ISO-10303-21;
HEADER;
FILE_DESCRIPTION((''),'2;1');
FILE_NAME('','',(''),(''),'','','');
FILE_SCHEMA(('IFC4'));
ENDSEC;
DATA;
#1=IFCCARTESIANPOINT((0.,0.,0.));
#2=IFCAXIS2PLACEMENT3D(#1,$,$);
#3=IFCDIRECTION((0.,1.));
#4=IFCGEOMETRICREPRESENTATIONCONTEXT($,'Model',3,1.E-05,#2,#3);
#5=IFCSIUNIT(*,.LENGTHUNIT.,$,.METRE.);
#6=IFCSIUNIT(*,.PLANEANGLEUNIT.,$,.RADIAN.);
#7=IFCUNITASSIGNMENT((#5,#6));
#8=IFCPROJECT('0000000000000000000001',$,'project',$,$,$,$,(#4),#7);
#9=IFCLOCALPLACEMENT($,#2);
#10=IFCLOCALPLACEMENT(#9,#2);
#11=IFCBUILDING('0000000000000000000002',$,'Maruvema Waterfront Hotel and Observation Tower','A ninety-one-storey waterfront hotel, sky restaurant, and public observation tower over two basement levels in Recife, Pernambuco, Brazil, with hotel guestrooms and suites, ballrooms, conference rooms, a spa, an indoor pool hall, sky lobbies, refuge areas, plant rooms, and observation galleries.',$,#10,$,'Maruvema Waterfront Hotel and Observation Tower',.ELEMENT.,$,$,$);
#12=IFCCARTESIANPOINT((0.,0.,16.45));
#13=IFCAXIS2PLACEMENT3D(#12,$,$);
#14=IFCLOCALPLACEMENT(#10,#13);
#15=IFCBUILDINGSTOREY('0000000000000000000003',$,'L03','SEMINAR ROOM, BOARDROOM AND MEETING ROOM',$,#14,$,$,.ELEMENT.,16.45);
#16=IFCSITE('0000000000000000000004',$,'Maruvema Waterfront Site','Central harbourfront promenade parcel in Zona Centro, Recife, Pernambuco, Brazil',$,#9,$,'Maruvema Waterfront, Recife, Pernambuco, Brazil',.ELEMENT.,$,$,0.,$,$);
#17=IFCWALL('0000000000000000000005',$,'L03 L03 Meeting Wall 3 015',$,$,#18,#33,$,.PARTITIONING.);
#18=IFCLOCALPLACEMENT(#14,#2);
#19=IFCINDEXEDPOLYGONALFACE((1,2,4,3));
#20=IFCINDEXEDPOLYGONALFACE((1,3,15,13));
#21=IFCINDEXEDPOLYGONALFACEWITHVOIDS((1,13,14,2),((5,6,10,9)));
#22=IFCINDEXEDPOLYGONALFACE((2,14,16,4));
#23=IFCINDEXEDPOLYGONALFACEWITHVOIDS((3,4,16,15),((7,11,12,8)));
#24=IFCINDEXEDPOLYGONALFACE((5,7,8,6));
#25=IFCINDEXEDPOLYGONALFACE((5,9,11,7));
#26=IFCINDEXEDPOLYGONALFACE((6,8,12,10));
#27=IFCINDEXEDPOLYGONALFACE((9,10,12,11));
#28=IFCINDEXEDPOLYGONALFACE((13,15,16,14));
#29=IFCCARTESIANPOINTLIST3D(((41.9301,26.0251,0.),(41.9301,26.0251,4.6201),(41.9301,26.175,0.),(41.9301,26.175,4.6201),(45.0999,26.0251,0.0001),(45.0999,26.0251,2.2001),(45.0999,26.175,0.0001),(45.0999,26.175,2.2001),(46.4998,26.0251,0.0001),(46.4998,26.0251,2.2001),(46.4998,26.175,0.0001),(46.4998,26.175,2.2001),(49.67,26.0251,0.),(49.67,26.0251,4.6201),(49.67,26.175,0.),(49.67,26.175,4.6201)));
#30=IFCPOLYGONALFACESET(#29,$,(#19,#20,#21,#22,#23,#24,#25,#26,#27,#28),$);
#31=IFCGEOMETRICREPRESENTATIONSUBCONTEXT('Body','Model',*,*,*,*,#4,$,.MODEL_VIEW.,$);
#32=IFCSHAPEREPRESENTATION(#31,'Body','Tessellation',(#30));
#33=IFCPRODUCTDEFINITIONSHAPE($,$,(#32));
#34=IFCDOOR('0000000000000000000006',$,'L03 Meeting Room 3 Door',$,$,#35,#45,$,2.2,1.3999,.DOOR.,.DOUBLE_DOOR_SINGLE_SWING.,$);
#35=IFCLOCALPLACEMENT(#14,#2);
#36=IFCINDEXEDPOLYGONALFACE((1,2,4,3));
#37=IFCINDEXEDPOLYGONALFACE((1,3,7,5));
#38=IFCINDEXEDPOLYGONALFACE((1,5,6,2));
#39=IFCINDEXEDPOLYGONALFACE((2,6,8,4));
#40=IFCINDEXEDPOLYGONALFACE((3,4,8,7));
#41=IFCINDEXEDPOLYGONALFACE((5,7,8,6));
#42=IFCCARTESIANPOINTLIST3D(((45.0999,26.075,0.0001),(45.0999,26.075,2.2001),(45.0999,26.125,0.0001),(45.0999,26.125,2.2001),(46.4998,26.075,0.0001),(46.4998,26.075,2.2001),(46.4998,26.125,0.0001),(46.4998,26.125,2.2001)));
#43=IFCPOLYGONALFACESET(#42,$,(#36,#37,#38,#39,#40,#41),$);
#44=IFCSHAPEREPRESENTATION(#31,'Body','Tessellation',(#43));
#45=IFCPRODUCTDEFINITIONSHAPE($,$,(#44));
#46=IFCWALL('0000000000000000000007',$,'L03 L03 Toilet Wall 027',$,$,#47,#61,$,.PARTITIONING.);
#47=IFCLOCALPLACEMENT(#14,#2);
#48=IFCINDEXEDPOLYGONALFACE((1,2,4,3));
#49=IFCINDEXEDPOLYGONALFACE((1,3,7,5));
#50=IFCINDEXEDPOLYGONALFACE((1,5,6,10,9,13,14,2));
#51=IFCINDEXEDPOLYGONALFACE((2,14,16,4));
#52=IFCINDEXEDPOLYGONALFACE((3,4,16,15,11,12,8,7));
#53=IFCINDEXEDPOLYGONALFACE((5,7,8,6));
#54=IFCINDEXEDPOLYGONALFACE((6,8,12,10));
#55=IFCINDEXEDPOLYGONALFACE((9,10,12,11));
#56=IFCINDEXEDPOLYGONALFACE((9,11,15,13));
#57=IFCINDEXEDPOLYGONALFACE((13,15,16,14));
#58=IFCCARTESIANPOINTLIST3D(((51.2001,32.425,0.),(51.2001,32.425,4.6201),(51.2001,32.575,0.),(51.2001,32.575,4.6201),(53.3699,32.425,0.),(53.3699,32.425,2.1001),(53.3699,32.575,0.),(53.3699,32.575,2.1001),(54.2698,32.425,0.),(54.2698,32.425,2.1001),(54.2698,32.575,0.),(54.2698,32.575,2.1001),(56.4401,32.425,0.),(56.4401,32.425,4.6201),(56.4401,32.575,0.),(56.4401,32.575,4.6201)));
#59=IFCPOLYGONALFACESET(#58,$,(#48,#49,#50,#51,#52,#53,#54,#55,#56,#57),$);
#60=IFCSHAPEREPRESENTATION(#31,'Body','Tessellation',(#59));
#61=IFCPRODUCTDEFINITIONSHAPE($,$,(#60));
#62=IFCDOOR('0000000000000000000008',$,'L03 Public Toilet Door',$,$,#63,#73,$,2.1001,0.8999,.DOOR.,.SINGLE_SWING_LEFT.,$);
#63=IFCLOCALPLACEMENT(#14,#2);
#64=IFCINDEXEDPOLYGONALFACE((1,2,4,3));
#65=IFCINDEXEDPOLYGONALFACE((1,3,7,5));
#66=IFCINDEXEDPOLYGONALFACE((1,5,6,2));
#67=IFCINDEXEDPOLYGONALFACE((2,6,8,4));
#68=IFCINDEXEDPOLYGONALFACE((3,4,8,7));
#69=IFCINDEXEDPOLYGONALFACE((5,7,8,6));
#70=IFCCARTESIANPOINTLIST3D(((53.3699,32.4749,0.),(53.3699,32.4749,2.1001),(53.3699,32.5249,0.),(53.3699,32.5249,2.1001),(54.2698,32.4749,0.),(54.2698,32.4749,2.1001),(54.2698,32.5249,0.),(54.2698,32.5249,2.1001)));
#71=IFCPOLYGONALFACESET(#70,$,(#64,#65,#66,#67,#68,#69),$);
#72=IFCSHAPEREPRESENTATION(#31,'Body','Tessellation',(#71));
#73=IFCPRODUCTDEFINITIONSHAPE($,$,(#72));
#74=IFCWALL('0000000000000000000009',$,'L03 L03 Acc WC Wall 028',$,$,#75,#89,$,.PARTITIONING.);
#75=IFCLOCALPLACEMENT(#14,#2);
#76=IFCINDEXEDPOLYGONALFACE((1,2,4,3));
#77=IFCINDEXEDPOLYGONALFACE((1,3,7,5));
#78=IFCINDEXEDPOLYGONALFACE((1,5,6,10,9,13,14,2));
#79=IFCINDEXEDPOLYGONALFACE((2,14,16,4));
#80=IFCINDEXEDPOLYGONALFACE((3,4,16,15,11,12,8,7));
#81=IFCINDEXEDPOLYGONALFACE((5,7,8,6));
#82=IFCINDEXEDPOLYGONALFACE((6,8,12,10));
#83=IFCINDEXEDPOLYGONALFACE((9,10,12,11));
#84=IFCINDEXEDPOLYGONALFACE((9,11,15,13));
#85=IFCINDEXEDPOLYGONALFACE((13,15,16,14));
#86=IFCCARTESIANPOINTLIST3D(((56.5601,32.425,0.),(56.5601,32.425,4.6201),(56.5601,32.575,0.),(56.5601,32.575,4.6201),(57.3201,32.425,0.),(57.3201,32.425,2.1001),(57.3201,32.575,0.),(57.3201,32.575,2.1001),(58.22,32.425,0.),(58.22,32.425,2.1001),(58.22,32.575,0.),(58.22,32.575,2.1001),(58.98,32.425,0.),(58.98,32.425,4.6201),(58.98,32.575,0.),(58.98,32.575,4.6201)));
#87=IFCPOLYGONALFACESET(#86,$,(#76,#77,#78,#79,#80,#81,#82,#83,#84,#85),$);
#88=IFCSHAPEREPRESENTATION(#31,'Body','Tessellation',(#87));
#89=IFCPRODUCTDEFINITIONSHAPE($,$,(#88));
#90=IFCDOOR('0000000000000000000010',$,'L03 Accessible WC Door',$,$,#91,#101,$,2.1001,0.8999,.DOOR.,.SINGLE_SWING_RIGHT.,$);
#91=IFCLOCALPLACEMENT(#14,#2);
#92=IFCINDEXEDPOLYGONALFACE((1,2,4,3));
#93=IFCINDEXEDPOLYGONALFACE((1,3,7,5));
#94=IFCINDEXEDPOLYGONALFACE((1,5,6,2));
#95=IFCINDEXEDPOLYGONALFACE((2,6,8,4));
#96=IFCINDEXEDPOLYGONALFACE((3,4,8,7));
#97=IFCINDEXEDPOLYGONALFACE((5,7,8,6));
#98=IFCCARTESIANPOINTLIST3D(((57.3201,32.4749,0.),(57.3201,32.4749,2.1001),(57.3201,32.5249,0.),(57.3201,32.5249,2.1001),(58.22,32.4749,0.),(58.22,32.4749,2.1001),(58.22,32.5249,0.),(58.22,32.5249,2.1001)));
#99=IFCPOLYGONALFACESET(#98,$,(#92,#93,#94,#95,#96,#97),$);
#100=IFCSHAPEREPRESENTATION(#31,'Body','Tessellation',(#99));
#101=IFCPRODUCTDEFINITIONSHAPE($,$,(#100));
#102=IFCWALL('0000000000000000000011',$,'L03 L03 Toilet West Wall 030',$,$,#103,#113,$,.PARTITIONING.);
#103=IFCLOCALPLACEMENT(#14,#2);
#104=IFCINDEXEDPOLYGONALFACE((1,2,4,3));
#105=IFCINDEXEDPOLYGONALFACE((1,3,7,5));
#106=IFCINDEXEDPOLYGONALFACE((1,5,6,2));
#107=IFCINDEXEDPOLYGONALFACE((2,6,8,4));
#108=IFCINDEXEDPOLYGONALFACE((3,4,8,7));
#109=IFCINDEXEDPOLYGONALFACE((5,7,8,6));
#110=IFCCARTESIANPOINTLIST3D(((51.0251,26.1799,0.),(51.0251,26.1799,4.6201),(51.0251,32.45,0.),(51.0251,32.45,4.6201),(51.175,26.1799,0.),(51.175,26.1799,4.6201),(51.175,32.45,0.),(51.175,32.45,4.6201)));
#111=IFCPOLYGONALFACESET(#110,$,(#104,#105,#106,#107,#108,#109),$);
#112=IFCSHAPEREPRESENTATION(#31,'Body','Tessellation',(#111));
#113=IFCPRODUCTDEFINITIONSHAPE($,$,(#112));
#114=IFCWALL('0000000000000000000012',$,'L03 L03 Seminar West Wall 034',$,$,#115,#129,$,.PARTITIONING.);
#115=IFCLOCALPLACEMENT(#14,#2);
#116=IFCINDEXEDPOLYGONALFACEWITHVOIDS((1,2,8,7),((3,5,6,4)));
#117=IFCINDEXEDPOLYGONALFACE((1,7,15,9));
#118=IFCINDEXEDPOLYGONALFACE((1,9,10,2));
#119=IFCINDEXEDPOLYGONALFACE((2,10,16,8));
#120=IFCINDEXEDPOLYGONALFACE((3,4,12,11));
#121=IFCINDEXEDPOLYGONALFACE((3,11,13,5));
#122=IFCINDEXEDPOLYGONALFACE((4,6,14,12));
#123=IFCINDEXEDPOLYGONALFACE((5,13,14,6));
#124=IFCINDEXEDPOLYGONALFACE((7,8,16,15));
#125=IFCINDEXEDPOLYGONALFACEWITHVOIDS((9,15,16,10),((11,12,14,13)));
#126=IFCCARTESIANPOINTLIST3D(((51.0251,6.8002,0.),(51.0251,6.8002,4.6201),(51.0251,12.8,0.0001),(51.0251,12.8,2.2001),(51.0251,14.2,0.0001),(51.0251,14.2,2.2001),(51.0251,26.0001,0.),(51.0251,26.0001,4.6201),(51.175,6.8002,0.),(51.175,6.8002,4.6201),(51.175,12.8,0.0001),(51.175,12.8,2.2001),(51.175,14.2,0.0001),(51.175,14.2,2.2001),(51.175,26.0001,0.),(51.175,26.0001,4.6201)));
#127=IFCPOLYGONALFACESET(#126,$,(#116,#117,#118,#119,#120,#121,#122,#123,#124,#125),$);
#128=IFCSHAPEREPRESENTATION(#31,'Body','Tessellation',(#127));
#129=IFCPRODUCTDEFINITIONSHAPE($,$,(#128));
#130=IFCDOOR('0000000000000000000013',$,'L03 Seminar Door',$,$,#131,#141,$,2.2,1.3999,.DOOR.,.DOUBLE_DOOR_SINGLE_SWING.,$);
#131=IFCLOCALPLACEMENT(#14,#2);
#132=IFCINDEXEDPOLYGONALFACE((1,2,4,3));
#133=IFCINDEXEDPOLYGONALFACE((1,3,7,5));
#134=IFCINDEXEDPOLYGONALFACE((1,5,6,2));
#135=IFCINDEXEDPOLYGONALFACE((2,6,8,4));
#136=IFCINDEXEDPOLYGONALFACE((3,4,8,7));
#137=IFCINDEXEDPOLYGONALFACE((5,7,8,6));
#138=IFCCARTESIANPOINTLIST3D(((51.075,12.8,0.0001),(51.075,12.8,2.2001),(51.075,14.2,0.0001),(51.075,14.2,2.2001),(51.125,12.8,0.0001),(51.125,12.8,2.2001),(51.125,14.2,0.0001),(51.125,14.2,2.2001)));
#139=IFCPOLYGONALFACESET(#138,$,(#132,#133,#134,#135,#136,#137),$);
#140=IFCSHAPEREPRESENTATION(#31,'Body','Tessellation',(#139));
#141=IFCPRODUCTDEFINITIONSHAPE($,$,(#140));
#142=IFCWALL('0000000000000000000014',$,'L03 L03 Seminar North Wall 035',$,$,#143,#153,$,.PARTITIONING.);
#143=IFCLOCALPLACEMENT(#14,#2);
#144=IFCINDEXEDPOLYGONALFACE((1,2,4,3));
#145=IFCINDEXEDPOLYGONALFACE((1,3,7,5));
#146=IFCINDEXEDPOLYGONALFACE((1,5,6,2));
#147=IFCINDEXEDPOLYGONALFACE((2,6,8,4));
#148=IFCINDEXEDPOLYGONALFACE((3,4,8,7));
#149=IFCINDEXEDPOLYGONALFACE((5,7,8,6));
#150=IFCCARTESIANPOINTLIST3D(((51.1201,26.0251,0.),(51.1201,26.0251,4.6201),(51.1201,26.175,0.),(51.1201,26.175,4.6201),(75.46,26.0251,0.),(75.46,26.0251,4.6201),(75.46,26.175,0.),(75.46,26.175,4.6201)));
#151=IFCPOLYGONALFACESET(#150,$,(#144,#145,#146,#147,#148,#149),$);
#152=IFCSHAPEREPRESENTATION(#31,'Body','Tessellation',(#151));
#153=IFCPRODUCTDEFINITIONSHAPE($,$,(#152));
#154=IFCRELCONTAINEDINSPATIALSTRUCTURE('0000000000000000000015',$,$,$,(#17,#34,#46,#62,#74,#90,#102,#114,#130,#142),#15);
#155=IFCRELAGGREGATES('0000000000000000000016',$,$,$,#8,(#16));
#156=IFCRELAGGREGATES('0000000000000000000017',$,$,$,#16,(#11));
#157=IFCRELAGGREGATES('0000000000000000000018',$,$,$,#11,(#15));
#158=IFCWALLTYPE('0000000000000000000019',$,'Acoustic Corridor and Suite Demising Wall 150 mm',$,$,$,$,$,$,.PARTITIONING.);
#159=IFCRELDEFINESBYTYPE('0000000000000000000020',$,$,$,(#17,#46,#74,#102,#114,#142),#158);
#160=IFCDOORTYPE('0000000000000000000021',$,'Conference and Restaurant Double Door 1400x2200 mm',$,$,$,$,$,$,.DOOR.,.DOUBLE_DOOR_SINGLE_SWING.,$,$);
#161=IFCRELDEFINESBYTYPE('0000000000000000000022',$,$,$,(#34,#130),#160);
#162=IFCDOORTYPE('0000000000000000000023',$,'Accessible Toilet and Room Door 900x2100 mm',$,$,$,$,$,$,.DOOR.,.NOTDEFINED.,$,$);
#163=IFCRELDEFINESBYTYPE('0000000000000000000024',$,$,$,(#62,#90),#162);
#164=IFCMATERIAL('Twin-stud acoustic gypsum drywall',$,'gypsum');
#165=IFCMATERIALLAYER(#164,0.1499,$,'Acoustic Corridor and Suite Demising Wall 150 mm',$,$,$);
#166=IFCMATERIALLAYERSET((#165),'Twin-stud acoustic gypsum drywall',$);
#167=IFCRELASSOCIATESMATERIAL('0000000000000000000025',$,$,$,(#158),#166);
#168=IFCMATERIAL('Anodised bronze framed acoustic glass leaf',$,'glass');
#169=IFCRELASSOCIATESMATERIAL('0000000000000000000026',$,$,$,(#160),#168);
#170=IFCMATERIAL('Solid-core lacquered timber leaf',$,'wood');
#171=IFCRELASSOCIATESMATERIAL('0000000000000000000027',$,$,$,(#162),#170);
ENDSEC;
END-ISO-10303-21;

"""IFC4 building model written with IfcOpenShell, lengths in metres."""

from ifc_helpers import new_model, si_unit, direction, frame, frame_2d, origin, place, context, subcontext, project, spatial, rectangle, extrude, material, layer, layer_set, type_object, element, fill, save


model = new_model("IFC4")

# Units and contexts
model_context = context("Model", 3, precision=1e-05, world=origin(), true_north=direction((0.0, 1.0)))
body_context = subcontext(model_context, "Body", "Model", "MODEL_VIEW")
ifc_project = project(units=[si_unit("LENGTHUNIT", "METRE"), si_unit("PLANEANGLEUNIT", "RADIAN")], contexts=[model_context])

# Site, building, storey
site_placement = place(None, origin())
site = spatial("IfcSite", under=ifc_project, at=site_placement, Name="Maruvema Waterfront Site", Description="Central harbourfront promenade parcel in Zona Centro, Recife, Pernambuco, Brazil", LongName="Maruvema Waterfront, Recife, Pernambuco, Brazil", CompositionType="ELEMENT", RefElevation=0.0)
building_placement = place(site_placement, origin())
building = spatial("IfcBuilding", under=site, at=building_placement, Name="Maruvema Waterfront Hotel and Observation Tower", Description="A ninety-one-storey waterfront hotel, sky restaurant, and public observation tower over two basement levels in Recife, Pernambuco, Brazil, with hotel guestrooms and suites, ballrooms, conference rooms, a spa, an indoor pool hall, sky lobbies, refuge areas, plant rooms, and observation galleries.", LongName="Maruvema Waterfront Hotel and Observation Tower", CompositionType="ELEMENT")
storey_placement = place(building_placement, frame((0.0, 0.0, 16.45)))
storey = spatial("IfcBuildingStorey", under=building, at=storey_placement, Name="L03", Description="SEMINAR ROOM, BOARDROOM AND MEETING ROOM", CompositionType="ELEMENT", Elevation=16.45)

# Walls, openings, doors
ifc_material_1 = material(Name="Twin-stud acoustic gypsum drywall", Category="gypsum")
ifc_layer_1 = layer(ifc_material_1, 0.1499, Name="Acoustic Corridor and Suite Demising Wall 150 mm")
ifc_layer_set_1 = layer_set([ifc_layer_1], Name="Twin-stud acoustic gypsum drywall")
wall_type_1 = type_object("IfcWallType", Name="Acoustic Corridor and Suite Demising Wall 150 mm", PredefinedType="PARTITIONING", material=ifc_layer_set_1)
wall_1_placement = place(storey_placement, frame((41.9299, 26.1001, 0.0), z_axis=(0.0, 0.0, 1.0), x_axis=(1.0, 0.0, 0.0)))
wall_1 = element("IfcWall", 1, at=wall_1_placement, inside=storey, type_object=wall_type_1, Name="L03 L03 Meeting Wall 3 015", PredefinedType="PARTITIONING", context=body_context, shape_type="SweptSolid", body=[
    extrude(rectangle(XDim=7.74, YDim=0.1499, at=frame_2d((3.8701, 0.0))), origin(), (0.0, 0.0, 1.0), 4.6201),
])
opening_1_placement = place(wall_1_placement, frame((3.1699, 0.0, 0.0)))
opening_1 = element("IfcOpeningElement", 2, at=opening_1_placement, cuts=wall_1, PredefinedType="OPENING", context=body_context, shape_type="SweptSolid", body=[
    extrude(rectangle(XDim=1.3999, YDim=2.2, at=frame_2d((0.7, 1.1001))), frame((0.0, 0.085, 0.0), z_axis=(0.0, -1.0, 0.0), x_axis=(1.0, 0.0, 0.0)), (0.0, 0.0, 1.0), 0.1699),
])
ifc_material_2 = material(Name="Anodised bronze framed acoustic glass leaf", Category="glass")
door_type_1 = type_object("IfcDoorType", Name="Conference and Restaurant Double Door 1400x2200 mm", OperationType="DOUBLE_DOOR_SINGLE_SWING", PredefinedType="DOOR", material=ifc_material_2)
door_1_placement = place(opening_1_placement, origin())
door_1 = element("IfcDoor", 3, at=door_1_placement, inside=storey, type_object=door_type_1, Name="L03 Meeting Room 3 Door", OperationType="DOUBLE_DOOR_SINGLE_SWING", OverallHeight=2.2, OverallWidth=1.3999, PredefinedType="DOOR", context=body_context, shape_type="SweptSolid", body=[
    extrude(rectangle(XDim=1.3999, YDim=2.2, at=frame_2d((0.7, 1.1001))), frame((0.0, 0.0249, 0.0), z_axis=(0.0, -1.0, 0.0), x_axis=(1.0, 0.0, 0.0)), (0.0, 0.0, 1.0), 0.05),
])
fill(opening_1, door_1)
wall_2_placement = place(storey_placement, frame((51.2, 32.5, 0.0), z_axis=(0.0, 0.0, 1.0), x_axis=(1.0, 0.0, 0.0)))
wall_2 = element("IfcWall", 4, at=wall_2_placement, inside=storey, type_object=wall_type_1, Name="L03 L03 Toilet Wall 027", PredefinedType="PARTITIONING", context=body_context, shape_type="SweptSolid", body=[
    extrude(rectangle(XDim=5.24, YDim=0.1499, at=frame_2d((2.6201, 0.0))), origin(), (0.0, 0.0, 1.0), 4.6201),
])
opening_2_placement = place(wall_2_placement, frame((2.1699, 0.0, 0.0)))
opening_2 = element("IfcOpeningElement", 5, at=opening_2_placement, cuts=wall_2, PredefinedType="OPENING", context=body_context, shape_type="SweptSolid", body=[
    extrude(rectangle(XDim=0.8999, YDim=2.1001, at=frame_2d((0.45, 1.05))), frame((0.0, 0.085, 0.0), z_axis=(0.0, -1.0, 0.0), x_axis=(1.0, 0.0, 0.0)), (0.0, 0.0, 1.0), 0.1699),
])
ifc_material_3 = material(Name="Solid-core lacquered timber leaf", Category="wood")
door_type_2 = type_object("IfcDoorType", Name="Accessible Toilet and Room Door 900x2100 mm", OperationType="NOTDEFINED", PredefinedType="DOOR", material=ifc_material_3)
door_2_placement = place(opening_2_placement, origin())
door_2 = element("IfcDoor", 6, at=door_2_placement, inside=storey, type_object=door_type_2, Name="L03 Public Toilet Door", OperationType="SINGLE_SWING_LEFT", OverallHeight=2.1001, OverallWidth=0.8999, PredefinedType="DOOR", context=body_context, shape_type="SweptSolid", body=[
    extrude(rectangle(XDim=0.8999, YDim=2.1001, at=frame_2d((0.45, 1.05))), frame((0.0, 0.0249, 0.0), z_axis=(0.0, -1.0, 0.0), x_axis=(1.0, 0.0, 0.0)), (0.0, 0.0, 1.0), 0.05),
])
fill(opening_2, door_2)
wall_3_placement = place(storey_placement, frame((56.5601, 32.5, 0.0), z_axis=(0.0, 0.0, 1.0), x_axis=(1.0, 0.0, 0.0)))
wall_3 = element("IfcWall", 7, at=wall_3_placement, inside=storey, type_object=wall_type_1, Name="L03 L03 Acc WC Wall 028", PredefinedType="PARTITIONING", context=body_context, shape_type="SweptSolid", body=[
    extrude(rectangle(XDim=2.4199, YDim=0.1499, at=frame_2d((1.21, 0.0))), origin(), (0.0, 0.0, 1.0), 4.6201),
])
opening_3_placement = place(wall_3_placement, frame((0.76, 0.0, 0.0)))
opening_3 = element("IfcOpeningElement", 8, at=opening_3_placement, cuts=wall_3, PredefinedType="OPENING", context=body_context, shape_type="SweptSolid", body=[
    extrude(rectangle(XDim=0.8999, YDim=2.1001, at=frame_2d((0.45, 1.05))), frame((0.0, 0.085, 0.0), z_axis=(0.0, -1.0, 0.0), x_axis=(1.0, 0.0, 0.0)), (0.0, 0.0, 1.0), 0.1699),
])
door_3_placement = place(opening_3_placement, origin())
door_3 = element("IfcDoor", 9, at=door_3_placement, inside=storey, type_object=door_type_2, Name="L03 Accessible WC Door", OperationType="SINGLE_SWING_RIGHT", OverallHeight=2.1001, OverallWidth=0.8999, PredefinedType="DOOR", context=body_context, shape_type="SweptSolid", body=[
    extrude(rectangle(XDim=0.8999, YDim=2.1001, at=frame_2d((0.45, 1.05))), frame((0.0, 0.0249, 0.0), z_axis=(0.0, -1.0, 0.0), x_axis=(1.0, 0.0, 0.0)), (0.0, 0.0, 1.0), 0.05),
])
fill(opening_3, door_3)

# Wall
wall_4_placement = place(storey_placement, frame((51.1001, 26.1799, 0.0), z_axis=(0.0, 0.0, 1.0), x_axis=(0.0, 1.0, 0.0)))
element("IfcWall", 10, at=wall_4_placement, inside=storey, type_object=wall_type_1, Name="L03 L03 Toilet West Wall 030", PredefinedType="PARTITIONING", context=body_context, shape_type="SweptSolid", body=[
    extrude(rectangle(XDim=6.27, YDim=0.1499, at=frame_2d((3.135, 0.0))), origin(), (0.0, 0.0, 1.0), 4.6201),
])

# Wall, opening, door
wall_5_placement = place(storey_placement, frame((51.1001, 6.8, 0.0), z_axis=(0.0, 0.0, 1.0), x_axis=(0.0, 1.0, 0.0)))
wall_5 = element("IfcWall", 11, at=wall_5_placement, inside=storey, type_object=wall_type_1, Name="L03 L03 Seminar West Wall 034", PredefinedType="PARTITIONING", context=body_context, shape_type="SweptSolid", body=[
    extrude(rectangle(XDim=19.2, YDim=0.1499, at=frame_2d((9.6001, 0.0))), origin(), (0.0, 0.0, 1.0), 4.6201),
])
opening_4_placement = place(wall_5_placement, frame((6.0, 0.0, 0.0)))
opening_4 = element("IfcOpeningElement", 12, at=opening_4_placement, cuts=wall_5, PredefinedType="OPENING", context=body_context, shape_type="SweptSolid", body=[
    extrude(rectangle(XDim=1.3999, YDim=2.2, at=frame_2d((0.7, 1.1001))), frame((0.0, 0.085, 0.0), z_axis=(0.0, -1.0, 0.0), x_axis=(1.0, 0.0, 0.0)), (0.0, 0.0, 1.0), 0.1699),
])
door_4_placement = place(opening_4_placement, frame((1.3999, 0.0, 0.0), z_axis=(0.0, 0.0, 1.0), x_axis=(-1.0, 0.0, 0.0)))
door_4 = element("IfcDoor", 13, at=door_4_placement, inside=storey, type_object=door_type_1, Name="L03 Seminar Door", OperationType="DOUBLE_DOOR_SINGLE_SWING", OverallHeight=2.2, OverallWidth=1.3999, PredefinedType="DOOR", context=body_context, shape_type="SweptSolid", body=[
    extrude(rectangle(XDim=1.3999, YDim=2.2, at=frame_2d((0.7, 1.1001))), frame((0.0, 0.0249, 0.0), z_axis=(0.0, -1.0, 0.0), x_axis=(1.0, 0.0, 0.0)), (0.0, 0.0, 1.0), 0.05),
])
fill(opening_4, door_4)

# Wall
wall_6_placement = place(storey_placement, frame((51.1201, 26.1001, 0.0), z_axis=(0.0, 0.0, 1.0), x_axis=(1.0, 0.0, 0.0)))
element("IfcWall", 14, at=wall_6_placement, inside=storey, type_object=wall_type_1, Name="L03 L03 Seminar North Wall 035", PredefinedType="PARTITIONING", context=body_context, shape_type="SweptSolid", body=[
    extrude(rectangle(XDim=24.3398, YDim=0.1499, at=frame_2d((12.1699, 0.0))), origin(), (0.0, 0.0, 1.0), 4.6201),
])

save(model, "model.ifc")
